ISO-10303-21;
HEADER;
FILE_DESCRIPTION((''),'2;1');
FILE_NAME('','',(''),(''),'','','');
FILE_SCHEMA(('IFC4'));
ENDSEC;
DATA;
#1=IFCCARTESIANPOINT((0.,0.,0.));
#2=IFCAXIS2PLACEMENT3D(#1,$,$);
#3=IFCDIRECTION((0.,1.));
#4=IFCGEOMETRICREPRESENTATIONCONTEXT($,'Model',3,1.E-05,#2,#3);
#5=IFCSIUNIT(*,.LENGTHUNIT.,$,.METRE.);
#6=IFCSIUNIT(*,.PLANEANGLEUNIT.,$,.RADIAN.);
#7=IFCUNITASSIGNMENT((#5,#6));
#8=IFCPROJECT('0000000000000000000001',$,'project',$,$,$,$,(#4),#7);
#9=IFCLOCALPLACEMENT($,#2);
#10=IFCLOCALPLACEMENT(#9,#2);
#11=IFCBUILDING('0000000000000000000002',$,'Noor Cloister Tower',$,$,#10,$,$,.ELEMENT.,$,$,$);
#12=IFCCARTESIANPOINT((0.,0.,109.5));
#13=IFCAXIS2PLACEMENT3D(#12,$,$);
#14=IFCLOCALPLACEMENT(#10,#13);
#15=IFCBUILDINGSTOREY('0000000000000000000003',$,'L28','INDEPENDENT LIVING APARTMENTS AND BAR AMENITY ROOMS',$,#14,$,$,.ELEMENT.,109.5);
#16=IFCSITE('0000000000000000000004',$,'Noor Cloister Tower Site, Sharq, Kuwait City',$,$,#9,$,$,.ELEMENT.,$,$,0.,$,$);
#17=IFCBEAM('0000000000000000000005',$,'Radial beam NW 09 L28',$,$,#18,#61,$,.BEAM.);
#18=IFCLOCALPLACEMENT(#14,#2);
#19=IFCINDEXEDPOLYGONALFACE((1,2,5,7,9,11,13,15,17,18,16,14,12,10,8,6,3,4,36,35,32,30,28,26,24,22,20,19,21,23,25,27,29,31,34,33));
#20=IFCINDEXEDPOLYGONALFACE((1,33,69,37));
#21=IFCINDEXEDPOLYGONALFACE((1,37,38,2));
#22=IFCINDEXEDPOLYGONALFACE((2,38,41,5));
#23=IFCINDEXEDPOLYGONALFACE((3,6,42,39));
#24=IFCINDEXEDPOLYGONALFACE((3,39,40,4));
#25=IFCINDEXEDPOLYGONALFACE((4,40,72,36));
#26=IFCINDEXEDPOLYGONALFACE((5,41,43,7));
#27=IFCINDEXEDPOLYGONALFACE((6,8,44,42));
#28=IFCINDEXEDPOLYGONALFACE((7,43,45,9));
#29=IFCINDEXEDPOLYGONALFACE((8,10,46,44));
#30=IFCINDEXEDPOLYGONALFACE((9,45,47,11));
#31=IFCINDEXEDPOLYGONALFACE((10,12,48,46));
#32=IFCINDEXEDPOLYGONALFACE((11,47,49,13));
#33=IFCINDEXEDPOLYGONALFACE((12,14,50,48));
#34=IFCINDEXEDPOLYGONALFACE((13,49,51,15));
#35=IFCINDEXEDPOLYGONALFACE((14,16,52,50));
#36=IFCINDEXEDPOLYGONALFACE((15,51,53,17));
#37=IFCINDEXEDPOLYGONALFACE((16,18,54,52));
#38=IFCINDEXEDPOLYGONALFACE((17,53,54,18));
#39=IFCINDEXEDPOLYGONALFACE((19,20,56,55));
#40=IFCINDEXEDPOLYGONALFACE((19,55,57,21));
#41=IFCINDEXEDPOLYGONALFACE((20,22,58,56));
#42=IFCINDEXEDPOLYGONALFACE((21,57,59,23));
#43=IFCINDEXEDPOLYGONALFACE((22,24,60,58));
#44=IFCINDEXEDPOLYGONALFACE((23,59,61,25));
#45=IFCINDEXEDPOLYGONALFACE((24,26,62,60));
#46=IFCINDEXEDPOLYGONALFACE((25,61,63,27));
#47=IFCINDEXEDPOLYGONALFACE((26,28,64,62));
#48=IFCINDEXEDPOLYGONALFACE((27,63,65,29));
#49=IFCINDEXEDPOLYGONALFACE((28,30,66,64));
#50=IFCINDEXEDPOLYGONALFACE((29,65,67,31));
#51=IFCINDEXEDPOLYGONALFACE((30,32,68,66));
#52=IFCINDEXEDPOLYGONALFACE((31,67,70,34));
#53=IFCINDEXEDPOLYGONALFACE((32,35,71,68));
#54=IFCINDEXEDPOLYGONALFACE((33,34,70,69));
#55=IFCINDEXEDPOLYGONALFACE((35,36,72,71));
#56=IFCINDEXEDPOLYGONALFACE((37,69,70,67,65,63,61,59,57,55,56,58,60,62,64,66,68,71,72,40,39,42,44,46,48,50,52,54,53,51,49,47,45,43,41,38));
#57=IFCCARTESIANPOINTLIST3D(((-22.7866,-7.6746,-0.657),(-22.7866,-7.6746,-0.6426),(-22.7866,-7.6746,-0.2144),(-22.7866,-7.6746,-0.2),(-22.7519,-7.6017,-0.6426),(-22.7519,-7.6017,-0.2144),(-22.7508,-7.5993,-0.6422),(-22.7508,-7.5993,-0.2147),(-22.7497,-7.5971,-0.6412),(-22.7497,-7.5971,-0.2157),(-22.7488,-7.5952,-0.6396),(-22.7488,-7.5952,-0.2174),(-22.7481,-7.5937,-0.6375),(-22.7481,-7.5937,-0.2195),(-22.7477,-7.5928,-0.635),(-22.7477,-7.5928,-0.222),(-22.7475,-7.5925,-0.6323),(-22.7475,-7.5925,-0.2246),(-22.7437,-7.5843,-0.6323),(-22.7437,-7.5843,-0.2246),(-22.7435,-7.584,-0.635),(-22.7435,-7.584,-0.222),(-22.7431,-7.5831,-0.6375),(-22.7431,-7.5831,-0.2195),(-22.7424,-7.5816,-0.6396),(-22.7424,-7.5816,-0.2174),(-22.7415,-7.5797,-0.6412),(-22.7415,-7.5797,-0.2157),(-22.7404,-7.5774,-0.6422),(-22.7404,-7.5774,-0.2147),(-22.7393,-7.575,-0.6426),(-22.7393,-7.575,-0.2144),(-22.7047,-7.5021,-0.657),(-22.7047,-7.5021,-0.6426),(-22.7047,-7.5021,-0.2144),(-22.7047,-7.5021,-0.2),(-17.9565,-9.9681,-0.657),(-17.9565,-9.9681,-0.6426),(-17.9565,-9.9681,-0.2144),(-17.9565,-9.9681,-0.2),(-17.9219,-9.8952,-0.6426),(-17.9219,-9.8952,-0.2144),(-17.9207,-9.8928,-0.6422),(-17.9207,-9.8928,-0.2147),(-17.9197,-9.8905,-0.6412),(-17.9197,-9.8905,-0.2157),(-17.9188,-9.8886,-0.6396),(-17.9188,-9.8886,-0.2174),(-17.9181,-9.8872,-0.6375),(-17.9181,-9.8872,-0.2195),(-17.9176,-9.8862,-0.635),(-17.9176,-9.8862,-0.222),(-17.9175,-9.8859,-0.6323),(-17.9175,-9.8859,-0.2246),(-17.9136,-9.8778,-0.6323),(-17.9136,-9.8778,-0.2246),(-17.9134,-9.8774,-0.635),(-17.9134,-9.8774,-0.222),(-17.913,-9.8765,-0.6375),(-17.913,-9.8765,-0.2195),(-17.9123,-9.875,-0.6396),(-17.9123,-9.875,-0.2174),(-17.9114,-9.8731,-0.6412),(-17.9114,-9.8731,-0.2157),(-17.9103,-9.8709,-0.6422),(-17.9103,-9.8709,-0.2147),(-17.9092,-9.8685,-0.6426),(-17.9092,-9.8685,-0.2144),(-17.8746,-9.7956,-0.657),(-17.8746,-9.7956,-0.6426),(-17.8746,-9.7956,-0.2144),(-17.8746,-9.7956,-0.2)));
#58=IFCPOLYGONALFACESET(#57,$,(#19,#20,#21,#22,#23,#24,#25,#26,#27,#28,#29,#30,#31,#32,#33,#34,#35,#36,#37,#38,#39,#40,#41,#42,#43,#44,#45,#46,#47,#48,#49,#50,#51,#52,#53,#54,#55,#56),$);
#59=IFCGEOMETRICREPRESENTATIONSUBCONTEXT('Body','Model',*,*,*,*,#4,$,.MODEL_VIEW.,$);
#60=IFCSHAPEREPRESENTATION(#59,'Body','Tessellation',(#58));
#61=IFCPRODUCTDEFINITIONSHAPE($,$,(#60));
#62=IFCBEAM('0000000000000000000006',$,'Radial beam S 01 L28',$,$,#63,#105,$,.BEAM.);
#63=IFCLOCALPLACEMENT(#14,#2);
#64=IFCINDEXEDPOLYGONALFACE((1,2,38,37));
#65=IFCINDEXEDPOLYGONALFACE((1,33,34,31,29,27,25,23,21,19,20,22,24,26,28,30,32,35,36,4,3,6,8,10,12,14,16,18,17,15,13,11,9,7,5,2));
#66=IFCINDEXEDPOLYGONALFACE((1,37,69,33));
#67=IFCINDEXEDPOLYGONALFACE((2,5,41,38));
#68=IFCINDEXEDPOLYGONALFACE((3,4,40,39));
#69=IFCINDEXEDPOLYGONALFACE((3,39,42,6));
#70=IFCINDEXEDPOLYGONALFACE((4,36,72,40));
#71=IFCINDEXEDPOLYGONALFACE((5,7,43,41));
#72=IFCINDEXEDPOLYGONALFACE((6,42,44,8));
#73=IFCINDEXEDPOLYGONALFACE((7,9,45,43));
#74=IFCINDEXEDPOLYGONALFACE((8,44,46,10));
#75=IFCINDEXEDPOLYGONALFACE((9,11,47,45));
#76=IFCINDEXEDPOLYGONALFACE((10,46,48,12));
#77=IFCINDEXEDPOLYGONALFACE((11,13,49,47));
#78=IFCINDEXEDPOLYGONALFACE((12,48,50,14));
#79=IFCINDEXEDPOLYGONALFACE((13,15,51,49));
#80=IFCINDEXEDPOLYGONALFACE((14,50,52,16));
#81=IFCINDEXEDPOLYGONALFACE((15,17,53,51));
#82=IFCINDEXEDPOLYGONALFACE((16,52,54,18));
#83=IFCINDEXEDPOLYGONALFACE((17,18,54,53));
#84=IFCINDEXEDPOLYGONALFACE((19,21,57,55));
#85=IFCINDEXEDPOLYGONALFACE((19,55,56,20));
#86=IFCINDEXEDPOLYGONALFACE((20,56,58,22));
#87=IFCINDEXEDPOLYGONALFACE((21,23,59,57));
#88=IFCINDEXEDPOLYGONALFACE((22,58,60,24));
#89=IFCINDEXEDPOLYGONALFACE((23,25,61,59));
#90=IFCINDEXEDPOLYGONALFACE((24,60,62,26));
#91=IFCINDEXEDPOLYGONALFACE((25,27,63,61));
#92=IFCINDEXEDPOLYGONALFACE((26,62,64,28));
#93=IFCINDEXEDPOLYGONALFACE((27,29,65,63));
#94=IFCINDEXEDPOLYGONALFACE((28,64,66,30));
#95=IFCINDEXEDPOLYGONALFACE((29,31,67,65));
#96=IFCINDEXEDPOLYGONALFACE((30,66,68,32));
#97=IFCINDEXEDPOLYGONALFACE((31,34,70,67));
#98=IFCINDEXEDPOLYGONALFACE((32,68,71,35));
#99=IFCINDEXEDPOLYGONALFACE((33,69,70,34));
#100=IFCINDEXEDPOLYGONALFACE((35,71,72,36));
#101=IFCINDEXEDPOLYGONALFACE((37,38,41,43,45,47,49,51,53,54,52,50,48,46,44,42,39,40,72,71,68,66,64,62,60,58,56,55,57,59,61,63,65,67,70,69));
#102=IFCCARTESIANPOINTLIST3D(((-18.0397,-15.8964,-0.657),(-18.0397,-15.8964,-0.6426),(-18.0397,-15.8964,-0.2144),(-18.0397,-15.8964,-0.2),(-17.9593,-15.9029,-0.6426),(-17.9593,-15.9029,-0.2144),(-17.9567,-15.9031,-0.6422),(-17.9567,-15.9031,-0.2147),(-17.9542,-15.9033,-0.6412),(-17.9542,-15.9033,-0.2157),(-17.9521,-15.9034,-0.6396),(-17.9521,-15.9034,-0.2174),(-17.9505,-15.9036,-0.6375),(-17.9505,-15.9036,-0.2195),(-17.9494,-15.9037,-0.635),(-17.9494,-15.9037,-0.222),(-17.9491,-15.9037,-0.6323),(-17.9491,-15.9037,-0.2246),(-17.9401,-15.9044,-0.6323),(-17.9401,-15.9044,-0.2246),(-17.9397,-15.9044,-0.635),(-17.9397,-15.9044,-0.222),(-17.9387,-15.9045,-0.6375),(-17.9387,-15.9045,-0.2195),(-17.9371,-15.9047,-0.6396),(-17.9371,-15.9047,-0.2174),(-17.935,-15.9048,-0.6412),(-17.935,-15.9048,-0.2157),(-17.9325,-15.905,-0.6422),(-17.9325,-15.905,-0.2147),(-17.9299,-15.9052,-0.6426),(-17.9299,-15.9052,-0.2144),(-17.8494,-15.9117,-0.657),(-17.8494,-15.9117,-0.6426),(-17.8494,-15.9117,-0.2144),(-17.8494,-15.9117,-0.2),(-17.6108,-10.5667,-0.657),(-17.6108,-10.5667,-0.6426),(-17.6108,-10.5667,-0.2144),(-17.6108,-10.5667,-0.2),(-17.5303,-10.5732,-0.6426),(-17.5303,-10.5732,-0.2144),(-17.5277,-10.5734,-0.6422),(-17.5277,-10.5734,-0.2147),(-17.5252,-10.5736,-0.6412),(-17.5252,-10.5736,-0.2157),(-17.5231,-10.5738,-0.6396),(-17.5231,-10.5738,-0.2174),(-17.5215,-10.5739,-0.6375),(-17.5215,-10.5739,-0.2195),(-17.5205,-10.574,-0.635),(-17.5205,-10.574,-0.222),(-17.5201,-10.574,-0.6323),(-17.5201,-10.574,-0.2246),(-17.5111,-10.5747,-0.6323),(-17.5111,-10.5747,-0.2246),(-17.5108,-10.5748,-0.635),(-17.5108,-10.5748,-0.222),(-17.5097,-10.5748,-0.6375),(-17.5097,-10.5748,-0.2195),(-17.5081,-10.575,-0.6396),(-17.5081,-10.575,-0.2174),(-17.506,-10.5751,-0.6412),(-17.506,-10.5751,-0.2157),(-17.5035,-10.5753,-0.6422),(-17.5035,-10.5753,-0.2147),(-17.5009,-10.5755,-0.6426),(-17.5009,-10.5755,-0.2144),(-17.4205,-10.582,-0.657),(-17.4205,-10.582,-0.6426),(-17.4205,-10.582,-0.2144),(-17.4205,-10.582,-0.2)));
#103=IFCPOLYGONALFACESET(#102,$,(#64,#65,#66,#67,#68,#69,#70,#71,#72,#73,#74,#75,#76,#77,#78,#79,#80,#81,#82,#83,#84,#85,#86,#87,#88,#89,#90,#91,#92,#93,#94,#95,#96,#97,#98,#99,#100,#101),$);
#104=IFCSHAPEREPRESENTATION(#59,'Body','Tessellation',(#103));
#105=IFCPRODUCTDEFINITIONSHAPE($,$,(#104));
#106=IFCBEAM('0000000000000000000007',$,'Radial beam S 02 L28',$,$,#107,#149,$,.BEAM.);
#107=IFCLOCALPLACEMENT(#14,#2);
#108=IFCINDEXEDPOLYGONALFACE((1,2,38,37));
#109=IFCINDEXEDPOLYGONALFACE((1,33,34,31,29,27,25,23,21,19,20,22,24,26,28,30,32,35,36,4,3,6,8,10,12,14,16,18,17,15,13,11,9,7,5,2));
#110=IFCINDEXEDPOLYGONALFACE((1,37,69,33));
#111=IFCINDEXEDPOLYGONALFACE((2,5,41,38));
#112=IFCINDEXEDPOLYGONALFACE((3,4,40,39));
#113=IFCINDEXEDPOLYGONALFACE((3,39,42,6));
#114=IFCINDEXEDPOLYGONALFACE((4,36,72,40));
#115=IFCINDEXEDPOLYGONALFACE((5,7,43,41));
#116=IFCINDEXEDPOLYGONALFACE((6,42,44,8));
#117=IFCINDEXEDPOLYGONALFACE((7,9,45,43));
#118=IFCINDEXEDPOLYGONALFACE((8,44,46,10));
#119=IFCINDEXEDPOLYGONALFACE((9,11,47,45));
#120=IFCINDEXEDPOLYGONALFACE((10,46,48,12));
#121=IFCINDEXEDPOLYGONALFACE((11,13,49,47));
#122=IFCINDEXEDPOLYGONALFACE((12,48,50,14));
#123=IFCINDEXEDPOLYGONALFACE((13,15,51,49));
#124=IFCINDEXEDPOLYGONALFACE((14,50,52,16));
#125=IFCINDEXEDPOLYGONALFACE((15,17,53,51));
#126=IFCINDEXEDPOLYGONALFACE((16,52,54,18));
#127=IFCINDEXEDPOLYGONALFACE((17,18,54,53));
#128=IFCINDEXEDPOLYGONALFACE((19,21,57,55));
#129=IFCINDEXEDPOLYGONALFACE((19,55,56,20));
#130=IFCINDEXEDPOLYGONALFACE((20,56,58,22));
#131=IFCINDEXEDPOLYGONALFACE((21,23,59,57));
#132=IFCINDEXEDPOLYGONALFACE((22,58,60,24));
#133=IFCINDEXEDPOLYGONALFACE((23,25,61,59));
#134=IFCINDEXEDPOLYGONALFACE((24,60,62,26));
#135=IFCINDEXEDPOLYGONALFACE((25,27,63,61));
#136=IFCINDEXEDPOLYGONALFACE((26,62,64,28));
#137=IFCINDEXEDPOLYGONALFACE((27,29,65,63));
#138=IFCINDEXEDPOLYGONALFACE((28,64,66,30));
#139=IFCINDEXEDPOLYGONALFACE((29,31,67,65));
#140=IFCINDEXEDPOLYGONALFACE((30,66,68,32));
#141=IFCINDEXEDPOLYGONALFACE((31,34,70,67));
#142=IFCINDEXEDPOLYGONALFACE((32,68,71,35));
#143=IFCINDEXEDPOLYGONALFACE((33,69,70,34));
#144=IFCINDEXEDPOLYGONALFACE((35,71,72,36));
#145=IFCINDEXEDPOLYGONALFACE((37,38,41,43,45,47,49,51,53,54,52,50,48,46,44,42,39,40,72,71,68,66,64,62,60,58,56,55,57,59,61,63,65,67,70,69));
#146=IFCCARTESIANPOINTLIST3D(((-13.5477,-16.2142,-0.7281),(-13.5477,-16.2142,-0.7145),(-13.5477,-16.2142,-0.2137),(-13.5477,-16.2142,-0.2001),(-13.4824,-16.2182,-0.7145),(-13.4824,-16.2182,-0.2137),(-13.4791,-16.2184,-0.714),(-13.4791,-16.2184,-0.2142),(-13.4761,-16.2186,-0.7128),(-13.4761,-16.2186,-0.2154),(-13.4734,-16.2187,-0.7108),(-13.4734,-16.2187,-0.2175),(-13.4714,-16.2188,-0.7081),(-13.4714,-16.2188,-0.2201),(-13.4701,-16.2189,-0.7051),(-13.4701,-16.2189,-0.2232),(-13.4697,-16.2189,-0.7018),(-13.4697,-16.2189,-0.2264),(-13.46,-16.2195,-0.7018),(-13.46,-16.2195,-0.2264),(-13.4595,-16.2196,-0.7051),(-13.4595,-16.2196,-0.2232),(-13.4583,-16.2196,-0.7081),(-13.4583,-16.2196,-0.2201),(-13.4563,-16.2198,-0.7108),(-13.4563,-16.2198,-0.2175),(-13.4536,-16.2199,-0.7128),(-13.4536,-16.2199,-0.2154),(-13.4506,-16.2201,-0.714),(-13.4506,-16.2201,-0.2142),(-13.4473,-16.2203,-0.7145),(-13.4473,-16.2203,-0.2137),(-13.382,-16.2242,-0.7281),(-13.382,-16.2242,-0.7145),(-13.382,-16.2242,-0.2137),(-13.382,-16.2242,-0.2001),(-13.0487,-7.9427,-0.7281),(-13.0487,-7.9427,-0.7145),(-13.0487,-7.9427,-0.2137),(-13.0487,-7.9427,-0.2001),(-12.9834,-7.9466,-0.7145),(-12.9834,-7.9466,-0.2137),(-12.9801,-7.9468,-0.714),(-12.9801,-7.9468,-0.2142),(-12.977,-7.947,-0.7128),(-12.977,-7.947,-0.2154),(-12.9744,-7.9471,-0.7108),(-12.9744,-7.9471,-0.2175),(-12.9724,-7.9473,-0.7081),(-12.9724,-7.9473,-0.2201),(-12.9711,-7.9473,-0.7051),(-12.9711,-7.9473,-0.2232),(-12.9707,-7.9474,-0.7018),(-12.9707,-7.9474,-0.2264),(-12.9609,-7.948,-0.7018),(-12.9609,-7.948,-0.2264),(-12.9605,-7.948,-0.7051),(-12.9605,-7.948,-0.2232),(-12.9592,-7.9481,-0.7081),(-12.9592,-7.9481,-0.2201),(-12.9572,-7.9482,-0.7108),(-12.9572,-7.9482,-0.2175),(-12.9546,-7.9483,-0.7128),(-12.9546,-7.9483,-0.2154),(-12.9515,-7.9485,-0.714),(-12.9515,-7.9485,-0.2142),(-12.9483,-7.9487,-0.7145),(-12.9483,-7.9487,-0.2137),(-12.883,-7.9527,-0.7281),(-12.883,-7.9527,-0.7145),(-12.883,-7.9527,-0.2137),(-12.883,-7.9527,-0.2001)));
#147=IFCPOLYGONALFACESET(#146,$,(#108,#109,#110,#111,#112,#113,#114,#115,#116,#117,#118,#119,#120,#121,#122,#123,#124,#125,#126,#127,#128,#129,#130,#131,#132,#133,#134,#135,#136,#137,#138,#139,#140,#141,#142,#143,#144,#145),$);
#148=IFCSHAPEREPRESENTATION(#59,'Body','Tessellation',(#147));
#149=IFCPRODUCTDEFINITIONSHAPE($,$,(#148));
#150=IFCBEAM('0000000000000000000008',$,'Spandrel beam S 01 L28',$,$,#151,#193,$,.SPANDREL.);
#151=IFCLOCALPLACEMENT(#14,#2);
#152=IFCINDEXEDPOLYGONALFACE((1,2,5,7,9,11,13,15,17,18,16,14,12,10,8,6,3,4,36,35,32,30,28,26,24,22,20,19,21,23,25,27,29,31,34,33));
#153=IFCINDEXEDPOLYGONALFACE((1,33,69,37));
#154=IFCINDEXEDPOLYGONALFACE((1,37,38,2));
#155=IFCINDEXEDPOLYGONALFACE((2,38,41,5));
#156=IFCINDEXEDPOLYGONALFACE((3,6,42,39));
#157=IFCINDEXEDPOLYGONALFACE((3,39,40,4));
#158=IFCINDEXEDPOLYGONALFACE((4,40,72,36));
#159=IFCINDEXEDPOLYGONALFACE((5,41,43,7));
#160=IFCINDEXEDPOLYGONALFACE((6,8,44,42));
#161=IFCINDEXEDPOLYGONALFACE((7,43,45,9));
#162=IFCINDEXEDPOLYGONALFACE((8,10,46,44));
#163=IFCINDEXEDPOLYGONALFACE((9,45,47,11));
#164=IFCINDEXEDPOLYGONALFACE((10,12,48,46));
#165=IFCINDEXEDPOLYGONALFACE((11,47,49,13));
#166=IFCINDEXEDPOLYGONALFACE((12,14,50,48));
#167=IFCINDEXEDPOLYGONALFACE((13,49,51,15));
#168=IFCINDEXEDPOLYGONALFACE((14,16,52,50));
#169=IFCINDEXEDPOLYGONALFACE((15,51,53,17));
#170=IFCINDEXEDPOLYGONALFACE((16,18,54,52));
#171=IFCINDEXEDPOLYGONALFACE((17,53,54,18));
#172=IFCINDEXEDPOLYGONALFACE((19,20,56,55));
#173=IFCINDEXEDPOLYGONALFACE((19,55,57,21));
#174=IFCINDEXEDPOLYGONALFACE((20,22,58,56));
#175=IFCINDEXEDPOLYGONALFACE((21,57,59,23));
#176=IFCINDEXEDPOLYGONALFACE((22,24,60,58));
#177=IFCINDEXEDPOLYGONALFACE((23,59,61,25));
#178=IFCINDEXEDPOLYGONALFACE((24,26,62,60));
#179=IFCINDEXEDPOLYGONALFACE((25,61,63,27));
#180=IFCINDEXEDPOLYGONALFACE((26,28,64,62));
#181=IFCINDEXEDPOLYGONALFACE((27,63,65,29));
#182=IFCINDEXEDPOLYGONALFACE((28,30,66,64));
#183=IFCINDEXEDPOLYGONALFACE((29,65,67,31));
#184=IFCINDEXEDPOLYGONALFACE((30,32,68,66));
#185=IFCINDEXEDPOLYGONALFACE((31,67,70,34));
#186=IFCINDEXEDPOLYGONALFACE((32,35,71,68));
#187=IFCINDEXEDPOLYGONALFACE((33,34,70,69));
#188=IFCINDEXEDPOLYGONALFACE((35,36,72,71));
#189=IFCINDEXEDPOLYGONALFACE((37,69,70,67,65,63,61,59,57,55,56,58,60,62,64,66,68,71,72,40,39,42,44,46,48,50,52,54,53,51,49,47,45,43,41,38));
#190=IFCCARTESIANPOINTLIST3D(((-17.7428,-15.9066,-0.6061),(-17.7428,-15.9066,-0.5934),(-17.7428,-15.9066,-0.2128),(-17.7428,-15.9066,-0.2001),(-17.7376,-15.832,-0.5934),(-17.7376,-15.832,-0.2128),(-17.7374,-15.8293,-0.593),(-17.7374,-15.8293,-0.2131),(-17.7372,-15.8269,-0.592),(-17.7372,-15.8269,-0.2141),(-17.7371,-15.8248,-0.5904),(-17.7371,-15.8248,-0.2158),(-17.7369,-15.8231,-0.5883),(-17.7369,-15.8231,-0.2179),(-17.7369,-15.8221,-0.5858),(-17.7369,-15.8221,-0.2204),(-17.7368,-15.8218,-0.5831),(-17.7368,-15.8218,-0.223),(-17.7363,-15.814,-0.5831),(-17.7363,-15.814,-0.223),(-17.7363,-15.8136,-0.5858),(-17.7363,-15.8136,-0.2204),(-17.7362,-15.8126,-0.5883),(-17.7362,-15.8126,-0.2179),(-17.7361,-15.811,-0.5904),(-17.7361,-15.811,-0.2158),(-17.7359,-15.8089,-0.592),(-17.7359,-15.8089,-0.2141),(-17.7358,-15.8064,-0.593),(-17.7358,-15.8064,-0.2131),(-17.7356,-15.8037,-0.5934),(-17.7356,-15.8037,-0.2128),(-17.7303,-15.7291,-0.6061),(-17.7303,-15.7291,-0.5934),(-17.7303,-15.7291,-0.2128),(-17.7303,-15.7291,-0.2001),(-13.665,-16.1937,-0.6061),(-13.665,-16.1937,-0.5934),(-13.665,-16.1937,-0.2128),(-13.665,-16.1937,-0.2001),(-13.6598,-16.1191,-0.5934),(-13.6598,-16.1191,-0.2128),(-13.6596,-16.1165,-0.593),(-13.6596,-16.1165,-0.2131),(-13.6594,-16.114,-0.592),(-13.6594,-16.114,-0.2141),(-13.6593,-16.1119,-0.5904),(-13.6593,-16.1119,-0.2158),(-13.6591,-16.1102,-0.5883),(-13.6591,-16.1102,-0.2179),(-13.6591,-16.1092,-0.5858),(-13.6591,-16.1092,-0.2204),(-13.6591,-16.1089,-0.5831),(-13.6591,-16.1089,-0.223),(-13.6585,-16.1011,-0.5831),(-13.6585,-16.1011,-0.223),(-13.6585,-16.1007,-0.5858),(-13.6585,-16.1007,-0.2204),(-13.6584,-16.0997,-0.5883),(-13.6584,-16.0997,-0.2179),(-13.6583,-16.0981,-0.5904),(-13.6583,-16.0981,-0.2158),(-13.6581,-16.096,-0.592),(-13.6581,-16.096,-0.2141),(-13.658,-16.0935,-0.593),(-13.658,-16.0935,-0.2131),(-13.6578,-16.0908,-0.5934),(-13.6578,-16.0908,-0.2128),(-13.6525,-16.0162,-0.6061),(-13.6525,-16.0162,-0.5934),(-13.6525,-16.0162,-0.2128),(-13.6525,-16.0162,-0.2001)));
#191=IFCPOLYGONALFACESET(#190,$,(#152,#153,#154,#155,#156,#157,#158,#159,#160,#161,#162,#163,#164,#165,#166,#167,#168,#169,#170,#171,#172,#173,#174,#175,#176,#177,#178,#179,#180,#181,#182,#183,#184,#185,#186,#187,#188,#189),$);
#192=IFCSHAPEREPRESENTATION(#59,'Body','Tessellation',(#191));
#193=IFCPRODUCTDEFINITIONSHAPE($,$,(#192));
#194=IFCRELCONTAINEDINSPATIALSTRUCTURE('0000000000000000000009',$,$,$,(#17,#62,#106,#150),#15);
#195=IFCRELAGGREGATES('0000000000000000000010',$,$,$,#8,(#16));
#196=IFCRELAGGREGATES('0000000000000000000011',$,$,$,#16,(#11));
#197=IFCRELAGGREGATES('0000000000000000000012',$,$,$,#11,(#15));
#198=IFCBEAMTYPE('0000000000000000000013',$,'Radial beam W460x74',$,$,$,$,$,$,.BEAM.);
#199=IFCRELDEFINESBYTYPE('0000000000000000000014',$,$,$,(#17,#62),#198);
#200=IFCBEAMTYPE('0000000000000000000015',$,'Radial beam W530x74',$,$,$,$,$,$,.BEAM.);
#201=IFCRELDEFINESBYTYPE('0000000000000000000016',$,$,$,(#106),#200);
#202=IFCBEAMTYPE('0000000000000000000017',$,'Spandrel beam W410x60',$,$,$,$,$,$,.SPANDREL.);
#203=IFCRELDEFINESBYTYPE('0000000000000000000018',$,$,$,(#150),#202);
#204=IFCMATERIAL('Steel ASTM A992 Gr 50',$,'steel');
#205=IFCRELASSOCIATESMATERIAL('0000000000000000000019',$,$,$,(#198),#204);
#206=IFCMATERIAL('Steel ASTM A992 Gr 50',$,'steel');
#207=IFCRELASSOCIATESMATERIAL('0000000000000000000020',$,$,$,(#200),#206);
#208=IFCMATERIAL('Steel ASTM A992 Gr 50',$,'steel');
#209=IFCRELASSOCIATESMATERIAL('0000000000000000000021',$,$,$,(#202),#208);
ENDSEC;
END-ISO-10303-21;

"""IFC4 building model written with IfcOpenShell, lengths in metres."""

from ifc_helpers import new_model, si_unit, direction, frame, origin, origin_2d, place, context, subcontext, project, spatial, i_section, extrude, material, material_profile, profile_set, type_object, element, save


model = new_model("IFC4")

# Units and contexts
model_context = context("Model", 3, precision=1e-05, world=origin(), true_north=direction((0.0, 1.0)))
body_context = subcontext(model_context, "Body", "Model", "MODEL_VIEW")
ifc_project = project(units=[si_unit("LENGTHUNIT", "METRE"), si_unit("PLANEANGLEUNIT", "RADIAN")], contexts=[model_context])

# Site, building, storey
site_placement = place(None, origin())
site = spatial("IfcSite", under=ifc_project, at=site_placement, Name="Noor Cloister Tower Site, Sharq, Kuwait City", CompositionType="ELEMENT", RefElevation=0.0)
building_placement = place(site_placement, origin())
building = spatial("IfcBuilding", under=site, at=building_placement, Name="Noor Cloister Tower", CompositionType="ELEMENT")
storey_placement = place(building_placement, frame((0.0, 0.0, 109.5)))
storey = spatial("IfcBuildingStorey", under=building, at=storey_placement, Name="L28", Description="INDEPENDENT LIVING APARTMENTS AND BAR AMENITY ROOMS", CompositionType="ELEMENT", Elevation=109.5)

# Beams
ifc_material_1 = material(Name="Steel ASTM A992 Gr 50", Category="steel")
ifc_material_profile_1 = material_profile(ifc_material_1, i_section(OverallWidth=0.1909, OverallDepth=0.457, WebThickness=0.009, FlangeThickness=0.0144, FilletRadius=0.0103, at=origin_2d()), Name="W460x74")
ifc_profile_set_1 = profile_set([ifc_material_profile_1], Name="Steel ASTM A992 Gr 50")
beam_type_1 = type_object("IfcBeamType", Name="Radial beam W460x74", PredefinedType="BEAM", material=ifc_profile_set_1)
for number, where, z_axis, x_axis, name in (
    (1, (-22.7456, -7.5884, -0.4285), (0.903338, -0.42893, 0.0), (0.42893, 0.903338, 0.0), "Radial beam NW 09 L28"),
    (2, (-17.9446, -15.9041, -0.4285), (0.080226, 0.996777, 0.0), (-0.996777, 0.080226, 0.0), "Radial beam S 01 L28"),
):
    element("IfcBeam", number, at=place(storey_placement, frame(where, z_axis=z_axis, x_axis=x_axis)), inside=storey, type_object=beam_type_1, Name=name, PredefinedType="BEAM", context=body_context, shape_type="SweptSolid", body=[
        extrude(i_section(OverallWidth=0.1909, OverallDepth=0.457, WebThickness=0.009, FlangeThickness=0.0144, FilletRadius=0.0103, at=origin_2d()), origin(), (0.0, 0.0, 1.0), 5.3469),
    ])
ifc_material_2 = material(Name="Steel ASTM A992 Gr 50", Category="steel")
ifc_material_profile_2 = material_profile(ifc_material_2, i_section(OverallWidth=0.166, OverallDepth=0.5281, WebThickness=0.0098, FlangeThickness=0.0137, FilletRadius=0.0127, at=origin_2d()), Name="W530x74")
ifc_profile_set_2 = profile_set([ifc_material_profile_2], Name="Steel ASTM A992 Gr 50")
beam_type_2 = type_object("IfcBeamType", Name="Radial beam W530x74", PredefinedType="BEAM", material=ifc_profile_set_2)
beam_placement = place(storey_placement, frame((-13.4648, -16.2192, -0.4641), z_axis=(0.060221, 0.998185, 0.0), x_axis=(-0.998185, 0.060221, 0.0)))
element("IfcBeam", 3, at=beam_placement, inside=storey, type_object=beam_type_2, Name="Radial beam S 02 L28", PredefinedType="BEAM", context=body_context, shape_type="SweptSolid", body=[
    extrude(i_section(OverallWidth=0.166, OverallDepth=0.5281, WebThickness=0.0098, FlangeThickness=0.0137, FilletRadius=0.0127, at=origin_2d()), origin(), (0.0, 0.0, 1.0), 8.2866),
])
ifc_material_3 = material(Name="Steel ASTM A992 Gr 50", Category="steel")
ifc_material_profile_3 = material_profile(ifc_material_3, i_section(OverallWidth=0.178, OverallDepth=0.406, WebThickness=0.0078, FlangeThickness=0.0127, FilletRadius=0.0103, at=origin_2d()), Name="W410x60")
ifc_profile_set_3 = profile_set([ifc_material_profile_3], Name="Steel ASTM A992 Gr 50")
beam_type_3 = type_object("IfcBeamType", Name="Spandrel beam W410x60", PredefinedType="SPANDREL", material=ifc_profile_set_3)
for number, where, z_axis, x_axis, name in (
    (4, (-17.7366, -15.8179, -0.4031), (0.997531, -0.070233, 0.0), (0.070233, 0.997531, 0.0), "Spandrel beam S 01 L28"),
):
    element("IfcBeam", number, at=place(storey_placement, frame(where, z_axis=z_axis, x_axis=x_axis)), inside=storey, type_object=beam_type_3, Name=name, PredefinedType="SPANDREL", context=body_context, shape_type="SweptSolid", body=[
        extrude(i_section(OverallWidth=0.178, OverallDepth=0.406, WebThickness=0.0078, FlangeThickness=0.0127, FilletRadius=0.0103, at=origin_2d()), origin(), (0.0, 0.0, 1.0), 4.0879),
    ])

save(model, "model.ifc")
